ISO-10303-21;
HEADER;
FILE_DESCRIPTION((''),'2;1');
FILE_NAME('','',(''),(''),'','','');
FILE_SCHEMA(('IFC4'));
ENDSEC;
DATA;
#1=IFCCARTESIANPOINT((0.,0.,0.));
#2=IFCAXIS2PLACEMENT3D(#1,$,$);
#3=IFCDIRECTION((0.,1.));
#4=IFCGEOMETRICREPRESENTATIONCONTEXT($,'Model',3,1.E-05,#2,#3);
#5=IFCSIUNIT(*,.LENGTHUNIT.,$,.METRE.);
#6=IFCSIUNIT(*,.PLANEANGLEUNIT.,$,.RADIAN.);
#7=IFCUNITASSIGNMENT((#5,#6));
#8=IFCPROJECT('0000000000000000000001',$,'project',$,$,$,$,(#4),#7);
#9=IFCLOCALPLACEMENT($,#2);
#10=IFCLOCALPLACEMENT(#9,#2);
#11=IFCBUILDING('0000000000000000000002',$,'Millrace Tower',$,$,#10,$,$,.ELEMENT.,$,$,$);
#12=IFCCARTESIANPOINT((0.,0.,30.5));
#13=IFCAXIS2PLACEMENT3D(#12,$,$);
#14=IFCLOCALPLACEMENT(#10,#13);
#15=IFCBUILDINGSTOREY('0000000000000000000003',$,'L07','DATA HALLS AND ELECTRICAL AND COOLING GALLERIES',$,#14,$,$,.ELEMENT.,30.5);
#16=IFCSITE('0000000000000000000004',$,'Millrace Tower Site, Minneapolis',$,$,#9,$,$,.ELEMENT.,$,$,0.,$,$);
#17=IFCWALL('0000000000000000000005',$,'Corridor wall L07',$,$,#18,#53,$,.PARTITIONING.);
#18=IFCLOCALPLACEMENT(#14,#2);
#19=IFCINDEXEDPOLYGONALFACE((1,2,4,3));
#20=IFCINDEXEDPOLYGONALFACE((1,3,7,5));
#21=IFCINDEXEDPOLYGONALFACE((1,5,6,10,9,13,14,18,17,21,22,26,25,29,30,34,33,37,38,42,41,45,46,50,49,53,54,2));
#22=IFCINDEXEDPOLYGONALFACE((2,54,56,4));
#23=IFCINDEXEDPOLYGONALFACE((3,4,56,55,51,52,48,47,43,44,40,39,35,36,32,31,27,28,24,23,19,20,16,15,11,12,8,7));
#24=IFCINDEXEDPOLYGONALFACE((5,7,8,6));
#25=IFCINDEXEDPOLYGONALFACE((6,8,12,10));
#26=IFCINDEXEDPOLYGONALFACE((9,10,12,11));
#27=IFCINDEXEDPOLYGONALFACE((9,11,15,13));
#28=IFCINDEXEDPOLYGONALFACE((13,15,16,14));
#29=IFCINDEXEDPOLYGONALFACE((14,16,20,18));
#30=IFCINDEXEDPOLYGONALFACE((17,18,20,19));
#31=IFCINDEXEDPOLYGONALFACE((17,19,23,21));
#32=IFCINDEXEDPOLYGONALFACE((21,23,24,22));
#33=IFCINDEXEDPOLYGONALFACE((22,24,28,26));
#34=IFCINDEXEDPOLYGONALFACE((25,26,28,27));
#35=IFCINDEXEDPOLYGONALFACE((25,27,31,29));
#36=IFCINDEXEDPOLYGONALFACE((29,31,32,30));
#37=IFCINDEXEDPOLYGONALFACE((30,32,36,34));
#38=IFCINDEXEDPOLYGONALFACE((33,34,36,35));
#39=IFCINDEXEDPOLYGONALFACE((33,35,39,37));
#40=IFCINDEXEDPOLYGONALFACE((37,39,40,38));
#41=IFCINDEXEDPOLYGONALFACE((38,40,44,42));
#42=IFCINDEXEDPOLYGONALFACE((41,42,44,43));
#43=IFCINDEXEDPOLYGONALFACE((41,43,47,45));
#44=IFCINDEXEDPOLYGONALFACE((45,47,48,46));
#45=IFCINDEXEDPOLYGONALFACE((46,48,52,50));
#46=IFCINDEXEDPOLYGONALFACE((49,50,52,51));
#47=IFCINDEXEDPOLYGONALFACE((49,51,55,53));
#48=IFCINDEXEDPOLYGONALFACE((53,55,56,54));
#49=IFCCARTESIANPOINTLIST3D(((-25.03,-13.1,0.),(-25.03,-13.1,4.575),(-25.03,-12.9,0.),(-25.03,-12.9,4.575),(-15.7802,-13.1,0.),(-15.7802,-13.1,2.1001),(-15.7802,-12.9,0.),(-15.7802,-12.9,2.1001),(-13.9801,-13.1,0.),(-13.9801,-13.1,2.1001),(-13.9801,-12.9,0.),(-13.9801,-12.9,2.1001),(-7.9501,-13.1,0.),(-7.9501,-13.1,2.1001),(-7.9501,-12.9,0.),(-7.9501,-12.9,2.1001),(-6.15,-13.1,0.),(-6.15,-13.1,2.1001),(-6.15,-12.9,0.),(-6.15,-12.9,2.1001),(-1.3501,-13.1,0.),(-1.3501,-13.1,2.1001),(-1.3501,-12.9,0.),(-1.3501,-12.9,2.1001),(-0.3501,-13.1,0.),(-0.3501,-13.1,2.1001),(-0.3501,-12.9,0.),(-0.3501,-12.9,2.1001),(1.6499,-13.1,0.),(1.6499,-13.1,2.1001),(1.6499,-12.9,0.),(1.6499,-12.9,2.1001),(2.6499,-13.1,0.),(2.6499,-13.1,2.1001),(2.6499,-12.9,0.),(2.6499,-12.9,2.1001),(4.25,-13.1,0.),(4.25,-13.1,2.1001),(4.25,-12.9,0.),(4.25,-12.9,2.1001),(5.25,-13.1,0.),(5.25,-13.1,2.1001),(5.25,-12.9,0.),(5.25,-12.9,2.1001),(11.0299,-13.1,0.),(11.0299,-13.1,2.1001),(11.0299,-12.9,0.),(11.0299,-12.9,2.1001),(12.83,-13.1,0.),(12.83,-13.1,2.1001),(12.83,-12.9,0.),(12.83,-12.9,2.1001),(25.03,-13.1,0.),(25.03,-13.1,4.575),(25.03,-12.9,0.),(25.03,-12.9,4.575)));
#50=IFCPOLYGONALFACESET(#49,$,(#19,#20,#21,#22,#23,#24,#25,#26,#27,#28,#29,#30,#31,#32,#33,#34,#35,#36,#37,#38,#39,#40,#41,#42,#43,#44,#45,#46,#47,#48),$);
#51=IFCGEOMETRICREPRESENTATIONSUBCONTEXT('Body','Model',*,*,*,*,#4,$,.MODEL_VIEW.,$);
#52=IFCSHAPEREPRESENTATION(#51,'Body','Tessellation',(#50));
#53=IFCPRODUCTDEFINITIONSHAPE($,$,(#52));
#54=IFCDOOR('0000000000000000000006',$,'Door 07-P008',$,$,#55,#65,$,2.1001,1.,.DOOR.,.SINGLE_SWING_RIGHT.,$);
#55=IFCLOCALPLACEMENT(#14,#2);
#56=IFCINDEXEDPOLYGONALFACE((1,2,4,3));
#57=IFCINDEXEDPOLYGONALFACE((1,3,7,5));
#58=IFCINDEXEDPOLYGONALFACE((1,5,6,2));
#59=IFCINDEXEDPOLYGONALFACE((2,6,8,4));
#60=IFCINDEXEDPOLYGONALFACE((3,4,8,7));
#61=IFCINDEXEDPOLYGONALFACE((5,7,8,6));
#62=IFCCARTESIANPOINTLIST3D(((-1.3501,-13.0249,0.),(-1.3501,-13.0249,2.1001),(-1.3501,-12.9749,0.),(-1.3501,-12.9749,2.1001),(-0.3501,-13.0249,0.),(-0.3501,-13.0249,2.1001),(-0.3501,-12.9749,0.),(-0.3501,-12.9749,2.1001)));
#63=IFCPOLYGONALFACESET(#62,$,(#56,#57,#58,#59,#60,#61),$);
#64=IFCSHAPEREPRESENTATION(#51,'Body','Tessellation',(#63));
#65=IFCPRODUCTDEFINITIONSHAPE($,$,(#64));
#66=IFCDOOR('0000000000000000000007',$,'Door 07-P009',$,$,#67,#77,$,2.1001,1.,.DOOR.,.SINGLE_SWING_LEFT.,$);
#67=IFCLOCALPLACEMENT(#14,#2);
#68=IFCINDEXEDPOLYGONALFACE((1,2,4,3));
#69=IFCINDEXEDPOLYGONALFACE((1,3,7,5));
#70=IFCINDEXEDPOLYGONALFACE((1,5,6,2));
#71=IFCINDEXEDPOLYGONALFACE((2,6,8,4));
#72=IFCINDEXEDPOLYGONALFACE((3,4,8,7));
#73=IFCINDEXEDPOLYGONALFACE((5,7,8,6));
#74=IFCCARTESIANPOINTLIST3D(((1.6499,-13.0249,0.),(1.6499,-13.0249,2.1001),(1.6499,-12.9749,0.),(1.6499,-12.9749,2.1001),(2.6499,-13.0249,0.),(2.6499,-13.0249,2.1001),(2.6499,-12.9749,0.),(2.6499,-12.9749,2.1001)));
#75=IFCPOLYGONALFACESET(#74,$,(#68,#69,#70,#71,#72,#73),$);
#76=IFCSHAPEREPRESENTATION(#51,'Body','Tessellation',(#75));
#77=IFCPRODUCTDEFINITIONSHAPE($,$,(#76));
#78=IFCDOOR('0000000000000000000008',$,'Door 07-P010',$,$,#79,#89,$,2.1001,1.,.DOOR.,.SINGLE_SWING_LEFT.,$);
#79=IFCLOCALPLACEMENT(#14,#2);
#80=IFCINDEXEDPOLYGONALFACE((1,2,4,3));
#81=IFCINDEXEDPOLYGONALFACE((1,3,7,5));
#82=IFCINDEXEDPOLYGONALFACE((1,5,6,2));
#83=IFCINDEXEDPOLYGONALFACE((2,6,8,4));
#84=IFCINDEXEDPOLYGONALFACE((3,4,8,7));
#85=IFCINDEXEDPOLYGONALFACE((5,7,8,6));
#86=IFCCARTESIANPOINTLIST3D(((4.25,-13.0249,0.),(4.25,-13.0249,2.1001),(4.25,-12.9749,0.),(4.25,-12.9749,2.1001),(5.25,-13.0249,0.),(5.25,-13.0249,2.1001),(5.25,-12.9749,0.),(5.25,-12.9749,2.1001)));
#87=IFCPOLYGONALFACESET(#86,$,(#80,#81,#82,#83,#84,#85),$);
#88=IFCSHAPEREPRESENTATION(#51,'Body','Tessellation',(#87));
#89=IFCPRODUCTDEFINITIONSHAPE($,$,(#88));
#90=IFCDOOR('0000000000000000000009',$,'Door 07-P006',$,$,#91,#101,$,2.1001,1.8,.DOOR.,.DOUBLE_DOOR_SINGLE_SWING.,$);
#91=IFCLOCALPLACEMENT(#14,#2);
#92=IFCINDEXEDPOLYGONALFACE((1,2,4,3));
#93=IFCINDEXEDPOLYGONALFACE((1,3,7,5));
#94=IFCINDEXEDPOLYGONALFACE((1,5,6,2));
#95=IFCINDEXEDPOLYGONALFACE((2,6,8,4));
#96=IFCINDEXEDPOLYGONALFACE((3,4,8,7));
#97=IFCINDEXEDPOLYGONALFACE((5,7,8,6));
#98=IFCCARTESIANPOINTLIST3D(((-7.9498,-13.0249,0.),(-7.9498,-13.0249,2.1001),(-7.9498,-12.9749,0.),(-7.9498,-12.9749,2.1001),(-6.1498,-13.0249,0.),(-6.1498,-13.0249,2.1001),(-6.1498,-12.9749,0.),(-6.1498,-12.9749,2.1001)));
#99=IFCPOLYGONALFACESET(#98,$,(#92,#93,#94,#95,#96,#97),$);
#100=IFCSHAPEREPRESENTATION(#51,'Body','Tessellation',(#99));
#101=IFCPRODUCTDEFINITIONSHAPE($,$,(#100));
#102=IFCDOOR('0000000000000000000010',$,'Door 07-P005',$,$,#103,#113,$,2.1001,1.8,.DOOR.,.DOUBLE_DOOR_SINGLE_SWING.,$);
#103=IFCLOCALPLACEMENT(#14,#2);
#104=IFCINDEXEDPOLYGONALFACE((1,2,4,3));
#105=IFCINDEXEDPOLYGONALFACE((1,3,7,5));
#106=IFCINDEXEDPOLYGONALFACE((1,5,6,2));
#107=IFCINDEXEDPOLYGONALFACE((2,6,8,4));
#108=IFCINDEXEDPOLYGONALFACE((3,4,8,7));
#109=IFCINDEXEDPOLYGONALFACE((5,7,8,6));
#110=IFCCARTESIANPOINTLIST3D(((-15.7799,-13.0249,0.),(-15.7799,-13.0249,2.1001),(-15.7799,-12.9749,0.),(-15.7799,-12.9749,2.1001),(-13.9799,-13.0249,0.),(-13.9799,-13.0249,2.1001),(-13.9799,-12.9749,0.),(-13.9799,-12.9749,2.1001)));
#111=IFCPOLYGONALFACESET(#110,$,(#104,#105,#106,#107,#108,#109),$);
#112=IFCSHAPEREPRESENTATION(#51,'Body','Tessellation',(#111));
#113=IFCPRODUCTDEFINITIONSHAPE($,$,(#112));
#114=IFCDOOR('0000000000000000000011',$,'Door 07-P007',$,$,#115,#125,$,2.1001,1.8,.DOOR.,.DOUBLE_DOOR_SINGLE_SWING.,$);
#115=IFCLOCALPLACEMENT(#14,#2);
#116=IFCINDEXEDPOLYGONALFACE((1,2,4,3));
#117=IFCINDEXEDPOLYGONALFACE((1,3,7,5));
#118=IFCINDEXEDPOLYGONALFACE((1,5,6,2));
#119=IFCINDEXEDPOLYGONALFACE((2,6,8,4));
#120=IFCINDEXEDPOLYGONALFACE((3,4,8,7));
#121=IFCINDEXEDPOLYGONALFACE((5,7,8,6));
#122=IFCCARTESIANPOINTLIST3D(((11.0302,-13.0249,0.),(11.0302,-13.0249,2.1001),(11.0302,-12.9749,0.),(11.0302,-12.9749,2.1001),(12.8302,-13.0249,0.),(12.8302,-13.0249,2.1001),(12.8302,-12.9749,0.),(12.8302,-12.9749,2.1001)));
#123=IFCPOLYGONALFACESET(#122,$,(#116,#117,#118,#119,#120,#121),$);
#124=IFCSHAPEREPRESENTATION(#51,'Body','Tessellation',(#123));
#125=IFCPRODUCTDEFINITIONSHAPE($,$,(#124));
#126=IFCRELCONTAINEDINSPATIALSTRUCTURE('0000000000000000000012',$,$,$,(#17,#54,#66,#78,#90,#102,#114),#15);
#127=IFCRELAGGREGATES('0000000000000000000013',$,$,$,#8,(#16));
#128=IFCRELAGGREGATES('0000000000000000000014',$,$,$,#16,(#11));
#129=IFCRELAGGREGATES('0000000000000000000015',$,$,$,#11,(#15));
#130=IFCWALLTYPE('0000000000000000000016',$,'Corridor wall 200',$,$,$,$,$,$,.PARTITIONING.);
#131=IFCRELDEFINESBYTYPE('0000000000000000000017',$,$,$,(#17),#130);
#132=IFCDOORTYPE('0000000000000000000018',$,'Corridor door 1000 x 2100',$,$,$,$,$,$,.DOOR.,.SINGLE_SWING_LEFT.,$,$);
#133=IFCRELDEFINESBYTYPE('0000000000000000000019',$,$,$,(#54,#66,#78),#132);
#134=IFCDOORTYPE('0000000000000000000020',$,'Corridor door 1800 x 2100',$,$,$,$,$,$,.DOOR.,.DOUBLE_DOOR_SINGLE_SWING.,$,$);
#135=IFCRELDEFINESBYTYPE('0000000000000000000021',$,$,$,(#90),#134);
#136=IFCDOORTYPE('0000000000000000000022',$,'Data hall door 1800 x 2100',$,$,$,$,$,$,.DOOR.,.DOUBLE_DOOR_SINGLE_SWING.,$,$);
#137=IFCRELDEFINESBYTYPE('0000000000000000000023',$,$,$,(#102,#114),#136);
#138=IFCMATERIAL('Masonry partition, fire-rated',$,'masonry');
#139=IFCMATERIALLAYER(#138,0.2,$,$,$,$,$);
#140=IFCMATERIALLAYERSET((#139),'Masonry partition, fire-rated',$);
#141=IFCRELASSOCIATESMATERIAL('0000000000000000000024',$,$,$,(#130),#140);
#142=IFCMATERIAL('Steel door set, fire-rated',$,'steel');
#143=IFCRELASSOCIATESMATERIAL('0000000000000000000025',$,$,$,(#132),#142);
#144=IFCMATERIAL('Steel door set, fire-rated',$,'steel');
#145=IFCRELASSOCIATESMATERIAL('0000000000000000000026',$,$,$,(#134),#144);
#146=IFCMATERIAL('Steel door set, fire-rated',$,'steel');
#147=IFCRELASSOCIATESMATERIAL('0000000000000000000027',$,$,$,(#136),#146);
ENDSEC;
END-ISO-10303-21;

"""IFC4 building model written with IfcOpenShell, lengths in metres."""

from ifc_helpers import new_model, si_unit, direction, frame, frame_2d, origin, place, context, subcontext, project, spatial, rectangle, extrude, material, layer, layer_set, type_object, element, fill, save


model = new_model("IFC4")

# Units and contexts
model_context = context("Model", 3, precision=1e-05, world=origin(), true_north=direction((0.0, 1.0)))
body_context = subcontext(model_context, "Body", "Model", "MODEL_VIEW")
ifc_project = project(units=[si_unit("LENGTHUNIT", "METRE"), si_unit("PLANEANGLEUNIT", "RADIAN")], contexts=[model_context])

# Site, building, storey
site_placement = place(None, origin())
site = spatial("IfcSite", under=ifc_project, at=site_placement, Name="Millrace Tower Site, Minneapolis", CompositionType="ELEMENT", RefElevation=0.0)
building_placement = place(site_placement, origin())
building = spatial("IfcBuilding", under=site, at=building_placement, Name="Millrace Tower", CompositionType="ELEMENT")
storey_placement = place(building_placement, frame((0.0, 0.0, 30.5)))
storey = spatial("IfcBuildingStorey", under=building, at=storey_placement, Name="L07", Description="DATA HALLS AND ELECTRICAL AND COOLING GALLERIES", CompositionType="ELEMENT", Elevation=30.5)

# Wall, openings, doors
ifc_material_1 = material(Name="Masonry partition, fire-rated", Category="masonry")
ifc_layer_1 = layer(ifc_material_1, 0.2)
ifc_layer_set_1 = layer_set([ifc_layer_1], Name="Masonry partition, fire-rated")
wall_type_1 = type_object("IfcWallType", Name="Corridor wall 200", PredefinedType="PARTITIONING", material=ifc_layer_set_1)
wall_1_placement = place(storey_placement, frame((-25.03, -13.0, 0.0), z_axis=(0.0, 0.0, 1.0), x_axis=(1.0, 0.0, 0.0)))
wall_1 = element("IfcWall", 1, at=wall_1_placement, inside=storey, type_object=wall_type_1, Name="Corridor wall L07", PredefinedType="PARTITIONING", context=body_context, shape_type="SweptSolid", body=[
    extrude(rectangle(XDim=50.0601, YDim=0.2, at=frame_2d((25.03, 0.0))), origin(), (0.0, 0.0, 1.0), 4.575),
])
opening_1_placement = place(wall_1_placement, frame((9.25, 0.0, 0.0)))
opening_1 = element("IfcOpeningElement", 2, at=opening_1_placement, cuts=wall_1, PredefinedType="OPENING", context=body_context, shape_type="SweptSolid", body=[
    extrude(rectangle(XDim=1.8, YDim=2.1001, at=frame_2d((0.8999, 1.05))), frame((0.0, 0.1099, 0.0), z_axis=(0.0, -1.0, 0.0), x_axis=(1.0, 0.0, 0.0)), (0.0, 0.0, 1.0), 0.22),
])
opening_2_placement = place(wall_1_placement, frame((17.0801, 0.0, 0.0)))
opening_2 = element("IfcOpeningElement", 3, at=opening_2_placement, cuts=wall_1, PredefinedType="OPENING", context=body_context, shape_type="SweptSolid", body=[
    extrude(rectangle(XDim=1.8, YDim=2.1001, at=frame_2d((0.8999, 1.05))), frame((0.0, 0.1099, 0.0), z_axis=(0.0, -1.0, 0.0), x_axis=(1.0, 0.0, 0.0)), (0.0, 0.0, 1.0), 0.22),
])
opening_3_placement = place(wall_1_placement, frame((36.0601, 0.0, 0.0)))
opening_3 = element("IfcOpeningElement", 4, at=opening_3_placement, cuts=wall_1, PredefinedType="OPENING", context=body_context, shape_type="SweptSolid", body=[
    extrude(rectangle(XDim=1.8, YDim=2.1001, at=frame_2d((0.8999, 1.05))), frame((0.0, 0.1099, 0.0), z_axis=(0.0, -1.0, 0.0), x_axis=(1.0, 0.0, 0.0)), (0.0, 0.0, 1.0), 0.22),
])
opening_4_placement = place(wall_1_placement, frame((23.6799, 0.0, 0.0)))
opening_4 = element("IfcOpeningElement", 5, at=opening_4_placement, cuts=wall_1, PredefinedType="OPENING", context=body_context, shape_type="SweptSolid", body=[
    extrude(rectangle(XDim=1.0, YDim=2.1001, at=frame_2d((0.5, 1.05))), frame((0.0, 0.1099, 0.0), z_axis=(0.0, -1.0, 0.0), x_axis=(1.0, 0.0, 0.0)), (0.0, 0.0, 1.0), 0.22),
])
opening_5_placement = place(wall_1_placement, frame((26.6799, 0.0, 0.0)))
opening_5 = element("IfcOpeningElement", 6, at=opening_5_placement, cuts=wall_1, PredefinedType="OPENING", context=body_context, shape_type="SweptSolid", body=[
    extrude(rectangle(XDim=1.0, YDim=2.1001, at=frame_2d((0.5, 1.05))), frame((0.0, 0.1099, 0.0), z_axis=(0.0, -1.0, 0.0), x_axis=(1.0, 0.0, 0.0)), (0.0, 0.0, 1.0), 0.22),
])
opening_6_placement = place(wall_1_placement, frame((29.28, 0.0, 0.0)))
opening_6 = element("IfcOpeningElement", 7, at=opening_6_placement, cuts=wall_1, PredefinedType="OPENING", context=body_context, shape_type="SweptSolid", body=[
    extrude(rectangle(XDim=1.0, YDim=2.1001, at=frame_2d((0.5, 1.05))), frame((0.0, 0.1099, 0.0), z_axis=(0.0, -1.0, 0.0), x_axis=(1.0, 0.0, 0.0)), (0.0, 0.0, 1.0), 0.22),
])
ifc_material_2 = material(Name="Steel door set, fire-rated", Category="steel")
door_type_1 = type_object("IfcDoorType", Name="Corridor door 1000 x 2100", OperationType="SINGLE_SWING_LEFT", PredefinedType="DOOR", material=ifc_material_2)
door_1_placement = place(opening_4_placement, frame((1.0, 0.0, 0.0), z_axis=(0.0, 0.0, 1.0), x_axis=(-1.0, 0.0, 0.0)))
door_1 = element("IfcDoor", 8, at=door_1_placement, inside=storey, type_object=door_type_1, Name="Door 07-P008", OperationType="SINGLE_SWING_RIGHT", OverallHeight=2.1001, OverallWidth=1.0, PredefinedType="DOOR", context=body_context, shape_type="SweptSolid", body=[
    extrude(rectangle(XDim=1.0, YDim=2.1001, at=frame_2d((0.5, 1.05))), frame((0.0, 0.0249, 0.0), z_axis=(0.0, -1.0, 0.0), x_axis=(1.0, 0.0, 0.0)), (0.0, 0.0, 1.0), 0.05),
])
fill(opening_4, door_1)
door_2_placement = place(opening_5_placement, frame((1.0, 0.0, 0.0), z_axis=(0.0, 0.0, 1.0), x_axis=(-1.0, 0.0, 0.0)))
door_2 = element("IfcDoor", 9, at=door_2_placement, inside=storey, type_object=door_type_1, Name="Door 07-P009", OperationType="SINGLE_SWING_LEFT", OverallHeight=2.1001, OverallWidth=1.0, PredefinedType="DOOR", context=body_context, shape_type="SweptSolid", body=[
    extrude(rectangle(XDim=1.0, YDim=2.1001, at=frame_2d((0.5, 1.05))), frame((0.0, 0.0249, 0.0), z_axis=(0.0, -1.0, 0.0), x_axis=(1.0, 0.0, 0.0)), (0.0, 0.0, 1.0), 0.05),
])
fill(opening_5, door_2)
door_3_placement = place(opening_6_placement, frame((1.0, 0.0, 0.0), z_axis=(0.0, 0.0, 1.0), x_axis=(-1.0, 0.0, 0.0)))
door_3 = element("IfcDoor", 10, at=door_3_placement, inside=storey, type_object=door_type_1, Name="Door 07-P010", OperationType="SINGLE_SWING_LEFT", OverallHeight=2.1001, OverallWidth=1.0, PredefinedType="DOOR", context=body_context, shape_type="SweptSolid", body=[
    extrude(rectangle(XDim=1.0, YDim=2.1001, at=frame_2d((0.5, 1.05))), frame((0.0, 0.0249, 0.0), z_axis=(0.0, -1.0, 0.0), x_axis=(1.0, 0.0, 0.0)), (0.0, 0.0, 1.0), 0.05),
])
fill(opening_6, door_3)
ifc_material_3 = material(Name="Steel door set, fire-rated", Category="steel")
door_type_2 = type_object("IfcDoorType", Name="Corridor door 1800 x 2100", OperationType="DOUBLE_DOOR_SINGLE_SWING", PredefinedType="DOOR", material=ifc_material_3)
door_4_placement = place(opening_2_placement, frame((1.8, 0.0, 0.0), z_axis=(0.0, 0.0, 1.0), x_axis=(-1.0, 0.0, 0.0)))
door_4 = element("IfcDoor", 11, at=door_4_placement, inside=storey, type_object=door_type_2, Name="Door 07-P006", OperationType="DOUBLE_DOOR_SINGLE_SWING", OverallHeight=2.1001, OverallWidth=1.8, PredefinedType="DOOR", context=body_context, shape_type="SweptSolid", body=[
    extrude(rectangle(XDim=1.8, YDim=2.1001, at=frame_2d((0.8999, 1.05))), frame((0.0, 0.0249, 0.0), z_axis=(0.0, -1.0, 0.0), x_axis=(1.0, 0.0, 0.0)), (0.0, 0.0, 1.0), 0.05),
])
fill(opening_2, door_4)
ifc_material_4 = material(Name="Steel door set, fire-rated", Category="steel")
door_type_3 = type_object("IfcDoorType", Name="Data hall door 1800 x 2100", OperationType="DOUBLE_DOOR_SINGLE_SWING", PredefinedType="DOOR", material=ifc_material_4)
door_5_placement = place(opening_1_placement, frame((1.8, 0.0, 0.0), z_axis=(0.0, 0.0, 1.0), x_axis=(-1.0, 0.0, 0.0)))
door_5 = element("IfcDoor", 12, at=door_5_placement, inside=storey, type_object=door_type_3, Name="Door 07-P005", OperationType="DOUBLE_DOOR_SINGLE_SWING", OverallHeight=2.1001, OverallWidth=1.8, PredefinedType="DOOR", context=body_context, shape_type="SweptSolid", body=[
    extrude(rectangle(XDim=1.8, YDim=2.1001, at=frame_2d((0.8999, 1.05))), frame((0.0, 0.0249, 0.0), z_axis=(0.0, -1.0, 0.0), x_axis=(1.0, 0.0, 0.0)), (0.0, 0.0, 1.0), 0.05),
])
fill(opening_1, door_5)
door_6_placement = place(opening_3_placement, frame((1.8, 0.0, 0.0), z_axis=(0.0, 0.0, 1.0), x_axis=(-1.0, 0.0, 0.0)))
door_6 = element("IfcDoor", 13, at=door_6_placement, inside=storey, type_object=door_type_3, Name="Door 07-P007", OperationType="DOUBLE_DOOR_SINGLE_SWING", OverallHeight=2.1001, OverallWidth=1.8, PredefinedType="DOOR", context=body_context, shape_type="SweptSolid", body=[
    extrude(rectangle(XDim=1.8, YDim=2.1001, at=frame_2d((0.8999, 1.05))), frame((0.0, 0.0249, 0.0), z_axis=(0.0, -1.0, 0.0), x_axis=(1.0, 0.0, 0.0)), (0.0, 0.0, 1.0), 0.05),
])
fill(opening_3, door_6)

save(model, "model.ifc")
